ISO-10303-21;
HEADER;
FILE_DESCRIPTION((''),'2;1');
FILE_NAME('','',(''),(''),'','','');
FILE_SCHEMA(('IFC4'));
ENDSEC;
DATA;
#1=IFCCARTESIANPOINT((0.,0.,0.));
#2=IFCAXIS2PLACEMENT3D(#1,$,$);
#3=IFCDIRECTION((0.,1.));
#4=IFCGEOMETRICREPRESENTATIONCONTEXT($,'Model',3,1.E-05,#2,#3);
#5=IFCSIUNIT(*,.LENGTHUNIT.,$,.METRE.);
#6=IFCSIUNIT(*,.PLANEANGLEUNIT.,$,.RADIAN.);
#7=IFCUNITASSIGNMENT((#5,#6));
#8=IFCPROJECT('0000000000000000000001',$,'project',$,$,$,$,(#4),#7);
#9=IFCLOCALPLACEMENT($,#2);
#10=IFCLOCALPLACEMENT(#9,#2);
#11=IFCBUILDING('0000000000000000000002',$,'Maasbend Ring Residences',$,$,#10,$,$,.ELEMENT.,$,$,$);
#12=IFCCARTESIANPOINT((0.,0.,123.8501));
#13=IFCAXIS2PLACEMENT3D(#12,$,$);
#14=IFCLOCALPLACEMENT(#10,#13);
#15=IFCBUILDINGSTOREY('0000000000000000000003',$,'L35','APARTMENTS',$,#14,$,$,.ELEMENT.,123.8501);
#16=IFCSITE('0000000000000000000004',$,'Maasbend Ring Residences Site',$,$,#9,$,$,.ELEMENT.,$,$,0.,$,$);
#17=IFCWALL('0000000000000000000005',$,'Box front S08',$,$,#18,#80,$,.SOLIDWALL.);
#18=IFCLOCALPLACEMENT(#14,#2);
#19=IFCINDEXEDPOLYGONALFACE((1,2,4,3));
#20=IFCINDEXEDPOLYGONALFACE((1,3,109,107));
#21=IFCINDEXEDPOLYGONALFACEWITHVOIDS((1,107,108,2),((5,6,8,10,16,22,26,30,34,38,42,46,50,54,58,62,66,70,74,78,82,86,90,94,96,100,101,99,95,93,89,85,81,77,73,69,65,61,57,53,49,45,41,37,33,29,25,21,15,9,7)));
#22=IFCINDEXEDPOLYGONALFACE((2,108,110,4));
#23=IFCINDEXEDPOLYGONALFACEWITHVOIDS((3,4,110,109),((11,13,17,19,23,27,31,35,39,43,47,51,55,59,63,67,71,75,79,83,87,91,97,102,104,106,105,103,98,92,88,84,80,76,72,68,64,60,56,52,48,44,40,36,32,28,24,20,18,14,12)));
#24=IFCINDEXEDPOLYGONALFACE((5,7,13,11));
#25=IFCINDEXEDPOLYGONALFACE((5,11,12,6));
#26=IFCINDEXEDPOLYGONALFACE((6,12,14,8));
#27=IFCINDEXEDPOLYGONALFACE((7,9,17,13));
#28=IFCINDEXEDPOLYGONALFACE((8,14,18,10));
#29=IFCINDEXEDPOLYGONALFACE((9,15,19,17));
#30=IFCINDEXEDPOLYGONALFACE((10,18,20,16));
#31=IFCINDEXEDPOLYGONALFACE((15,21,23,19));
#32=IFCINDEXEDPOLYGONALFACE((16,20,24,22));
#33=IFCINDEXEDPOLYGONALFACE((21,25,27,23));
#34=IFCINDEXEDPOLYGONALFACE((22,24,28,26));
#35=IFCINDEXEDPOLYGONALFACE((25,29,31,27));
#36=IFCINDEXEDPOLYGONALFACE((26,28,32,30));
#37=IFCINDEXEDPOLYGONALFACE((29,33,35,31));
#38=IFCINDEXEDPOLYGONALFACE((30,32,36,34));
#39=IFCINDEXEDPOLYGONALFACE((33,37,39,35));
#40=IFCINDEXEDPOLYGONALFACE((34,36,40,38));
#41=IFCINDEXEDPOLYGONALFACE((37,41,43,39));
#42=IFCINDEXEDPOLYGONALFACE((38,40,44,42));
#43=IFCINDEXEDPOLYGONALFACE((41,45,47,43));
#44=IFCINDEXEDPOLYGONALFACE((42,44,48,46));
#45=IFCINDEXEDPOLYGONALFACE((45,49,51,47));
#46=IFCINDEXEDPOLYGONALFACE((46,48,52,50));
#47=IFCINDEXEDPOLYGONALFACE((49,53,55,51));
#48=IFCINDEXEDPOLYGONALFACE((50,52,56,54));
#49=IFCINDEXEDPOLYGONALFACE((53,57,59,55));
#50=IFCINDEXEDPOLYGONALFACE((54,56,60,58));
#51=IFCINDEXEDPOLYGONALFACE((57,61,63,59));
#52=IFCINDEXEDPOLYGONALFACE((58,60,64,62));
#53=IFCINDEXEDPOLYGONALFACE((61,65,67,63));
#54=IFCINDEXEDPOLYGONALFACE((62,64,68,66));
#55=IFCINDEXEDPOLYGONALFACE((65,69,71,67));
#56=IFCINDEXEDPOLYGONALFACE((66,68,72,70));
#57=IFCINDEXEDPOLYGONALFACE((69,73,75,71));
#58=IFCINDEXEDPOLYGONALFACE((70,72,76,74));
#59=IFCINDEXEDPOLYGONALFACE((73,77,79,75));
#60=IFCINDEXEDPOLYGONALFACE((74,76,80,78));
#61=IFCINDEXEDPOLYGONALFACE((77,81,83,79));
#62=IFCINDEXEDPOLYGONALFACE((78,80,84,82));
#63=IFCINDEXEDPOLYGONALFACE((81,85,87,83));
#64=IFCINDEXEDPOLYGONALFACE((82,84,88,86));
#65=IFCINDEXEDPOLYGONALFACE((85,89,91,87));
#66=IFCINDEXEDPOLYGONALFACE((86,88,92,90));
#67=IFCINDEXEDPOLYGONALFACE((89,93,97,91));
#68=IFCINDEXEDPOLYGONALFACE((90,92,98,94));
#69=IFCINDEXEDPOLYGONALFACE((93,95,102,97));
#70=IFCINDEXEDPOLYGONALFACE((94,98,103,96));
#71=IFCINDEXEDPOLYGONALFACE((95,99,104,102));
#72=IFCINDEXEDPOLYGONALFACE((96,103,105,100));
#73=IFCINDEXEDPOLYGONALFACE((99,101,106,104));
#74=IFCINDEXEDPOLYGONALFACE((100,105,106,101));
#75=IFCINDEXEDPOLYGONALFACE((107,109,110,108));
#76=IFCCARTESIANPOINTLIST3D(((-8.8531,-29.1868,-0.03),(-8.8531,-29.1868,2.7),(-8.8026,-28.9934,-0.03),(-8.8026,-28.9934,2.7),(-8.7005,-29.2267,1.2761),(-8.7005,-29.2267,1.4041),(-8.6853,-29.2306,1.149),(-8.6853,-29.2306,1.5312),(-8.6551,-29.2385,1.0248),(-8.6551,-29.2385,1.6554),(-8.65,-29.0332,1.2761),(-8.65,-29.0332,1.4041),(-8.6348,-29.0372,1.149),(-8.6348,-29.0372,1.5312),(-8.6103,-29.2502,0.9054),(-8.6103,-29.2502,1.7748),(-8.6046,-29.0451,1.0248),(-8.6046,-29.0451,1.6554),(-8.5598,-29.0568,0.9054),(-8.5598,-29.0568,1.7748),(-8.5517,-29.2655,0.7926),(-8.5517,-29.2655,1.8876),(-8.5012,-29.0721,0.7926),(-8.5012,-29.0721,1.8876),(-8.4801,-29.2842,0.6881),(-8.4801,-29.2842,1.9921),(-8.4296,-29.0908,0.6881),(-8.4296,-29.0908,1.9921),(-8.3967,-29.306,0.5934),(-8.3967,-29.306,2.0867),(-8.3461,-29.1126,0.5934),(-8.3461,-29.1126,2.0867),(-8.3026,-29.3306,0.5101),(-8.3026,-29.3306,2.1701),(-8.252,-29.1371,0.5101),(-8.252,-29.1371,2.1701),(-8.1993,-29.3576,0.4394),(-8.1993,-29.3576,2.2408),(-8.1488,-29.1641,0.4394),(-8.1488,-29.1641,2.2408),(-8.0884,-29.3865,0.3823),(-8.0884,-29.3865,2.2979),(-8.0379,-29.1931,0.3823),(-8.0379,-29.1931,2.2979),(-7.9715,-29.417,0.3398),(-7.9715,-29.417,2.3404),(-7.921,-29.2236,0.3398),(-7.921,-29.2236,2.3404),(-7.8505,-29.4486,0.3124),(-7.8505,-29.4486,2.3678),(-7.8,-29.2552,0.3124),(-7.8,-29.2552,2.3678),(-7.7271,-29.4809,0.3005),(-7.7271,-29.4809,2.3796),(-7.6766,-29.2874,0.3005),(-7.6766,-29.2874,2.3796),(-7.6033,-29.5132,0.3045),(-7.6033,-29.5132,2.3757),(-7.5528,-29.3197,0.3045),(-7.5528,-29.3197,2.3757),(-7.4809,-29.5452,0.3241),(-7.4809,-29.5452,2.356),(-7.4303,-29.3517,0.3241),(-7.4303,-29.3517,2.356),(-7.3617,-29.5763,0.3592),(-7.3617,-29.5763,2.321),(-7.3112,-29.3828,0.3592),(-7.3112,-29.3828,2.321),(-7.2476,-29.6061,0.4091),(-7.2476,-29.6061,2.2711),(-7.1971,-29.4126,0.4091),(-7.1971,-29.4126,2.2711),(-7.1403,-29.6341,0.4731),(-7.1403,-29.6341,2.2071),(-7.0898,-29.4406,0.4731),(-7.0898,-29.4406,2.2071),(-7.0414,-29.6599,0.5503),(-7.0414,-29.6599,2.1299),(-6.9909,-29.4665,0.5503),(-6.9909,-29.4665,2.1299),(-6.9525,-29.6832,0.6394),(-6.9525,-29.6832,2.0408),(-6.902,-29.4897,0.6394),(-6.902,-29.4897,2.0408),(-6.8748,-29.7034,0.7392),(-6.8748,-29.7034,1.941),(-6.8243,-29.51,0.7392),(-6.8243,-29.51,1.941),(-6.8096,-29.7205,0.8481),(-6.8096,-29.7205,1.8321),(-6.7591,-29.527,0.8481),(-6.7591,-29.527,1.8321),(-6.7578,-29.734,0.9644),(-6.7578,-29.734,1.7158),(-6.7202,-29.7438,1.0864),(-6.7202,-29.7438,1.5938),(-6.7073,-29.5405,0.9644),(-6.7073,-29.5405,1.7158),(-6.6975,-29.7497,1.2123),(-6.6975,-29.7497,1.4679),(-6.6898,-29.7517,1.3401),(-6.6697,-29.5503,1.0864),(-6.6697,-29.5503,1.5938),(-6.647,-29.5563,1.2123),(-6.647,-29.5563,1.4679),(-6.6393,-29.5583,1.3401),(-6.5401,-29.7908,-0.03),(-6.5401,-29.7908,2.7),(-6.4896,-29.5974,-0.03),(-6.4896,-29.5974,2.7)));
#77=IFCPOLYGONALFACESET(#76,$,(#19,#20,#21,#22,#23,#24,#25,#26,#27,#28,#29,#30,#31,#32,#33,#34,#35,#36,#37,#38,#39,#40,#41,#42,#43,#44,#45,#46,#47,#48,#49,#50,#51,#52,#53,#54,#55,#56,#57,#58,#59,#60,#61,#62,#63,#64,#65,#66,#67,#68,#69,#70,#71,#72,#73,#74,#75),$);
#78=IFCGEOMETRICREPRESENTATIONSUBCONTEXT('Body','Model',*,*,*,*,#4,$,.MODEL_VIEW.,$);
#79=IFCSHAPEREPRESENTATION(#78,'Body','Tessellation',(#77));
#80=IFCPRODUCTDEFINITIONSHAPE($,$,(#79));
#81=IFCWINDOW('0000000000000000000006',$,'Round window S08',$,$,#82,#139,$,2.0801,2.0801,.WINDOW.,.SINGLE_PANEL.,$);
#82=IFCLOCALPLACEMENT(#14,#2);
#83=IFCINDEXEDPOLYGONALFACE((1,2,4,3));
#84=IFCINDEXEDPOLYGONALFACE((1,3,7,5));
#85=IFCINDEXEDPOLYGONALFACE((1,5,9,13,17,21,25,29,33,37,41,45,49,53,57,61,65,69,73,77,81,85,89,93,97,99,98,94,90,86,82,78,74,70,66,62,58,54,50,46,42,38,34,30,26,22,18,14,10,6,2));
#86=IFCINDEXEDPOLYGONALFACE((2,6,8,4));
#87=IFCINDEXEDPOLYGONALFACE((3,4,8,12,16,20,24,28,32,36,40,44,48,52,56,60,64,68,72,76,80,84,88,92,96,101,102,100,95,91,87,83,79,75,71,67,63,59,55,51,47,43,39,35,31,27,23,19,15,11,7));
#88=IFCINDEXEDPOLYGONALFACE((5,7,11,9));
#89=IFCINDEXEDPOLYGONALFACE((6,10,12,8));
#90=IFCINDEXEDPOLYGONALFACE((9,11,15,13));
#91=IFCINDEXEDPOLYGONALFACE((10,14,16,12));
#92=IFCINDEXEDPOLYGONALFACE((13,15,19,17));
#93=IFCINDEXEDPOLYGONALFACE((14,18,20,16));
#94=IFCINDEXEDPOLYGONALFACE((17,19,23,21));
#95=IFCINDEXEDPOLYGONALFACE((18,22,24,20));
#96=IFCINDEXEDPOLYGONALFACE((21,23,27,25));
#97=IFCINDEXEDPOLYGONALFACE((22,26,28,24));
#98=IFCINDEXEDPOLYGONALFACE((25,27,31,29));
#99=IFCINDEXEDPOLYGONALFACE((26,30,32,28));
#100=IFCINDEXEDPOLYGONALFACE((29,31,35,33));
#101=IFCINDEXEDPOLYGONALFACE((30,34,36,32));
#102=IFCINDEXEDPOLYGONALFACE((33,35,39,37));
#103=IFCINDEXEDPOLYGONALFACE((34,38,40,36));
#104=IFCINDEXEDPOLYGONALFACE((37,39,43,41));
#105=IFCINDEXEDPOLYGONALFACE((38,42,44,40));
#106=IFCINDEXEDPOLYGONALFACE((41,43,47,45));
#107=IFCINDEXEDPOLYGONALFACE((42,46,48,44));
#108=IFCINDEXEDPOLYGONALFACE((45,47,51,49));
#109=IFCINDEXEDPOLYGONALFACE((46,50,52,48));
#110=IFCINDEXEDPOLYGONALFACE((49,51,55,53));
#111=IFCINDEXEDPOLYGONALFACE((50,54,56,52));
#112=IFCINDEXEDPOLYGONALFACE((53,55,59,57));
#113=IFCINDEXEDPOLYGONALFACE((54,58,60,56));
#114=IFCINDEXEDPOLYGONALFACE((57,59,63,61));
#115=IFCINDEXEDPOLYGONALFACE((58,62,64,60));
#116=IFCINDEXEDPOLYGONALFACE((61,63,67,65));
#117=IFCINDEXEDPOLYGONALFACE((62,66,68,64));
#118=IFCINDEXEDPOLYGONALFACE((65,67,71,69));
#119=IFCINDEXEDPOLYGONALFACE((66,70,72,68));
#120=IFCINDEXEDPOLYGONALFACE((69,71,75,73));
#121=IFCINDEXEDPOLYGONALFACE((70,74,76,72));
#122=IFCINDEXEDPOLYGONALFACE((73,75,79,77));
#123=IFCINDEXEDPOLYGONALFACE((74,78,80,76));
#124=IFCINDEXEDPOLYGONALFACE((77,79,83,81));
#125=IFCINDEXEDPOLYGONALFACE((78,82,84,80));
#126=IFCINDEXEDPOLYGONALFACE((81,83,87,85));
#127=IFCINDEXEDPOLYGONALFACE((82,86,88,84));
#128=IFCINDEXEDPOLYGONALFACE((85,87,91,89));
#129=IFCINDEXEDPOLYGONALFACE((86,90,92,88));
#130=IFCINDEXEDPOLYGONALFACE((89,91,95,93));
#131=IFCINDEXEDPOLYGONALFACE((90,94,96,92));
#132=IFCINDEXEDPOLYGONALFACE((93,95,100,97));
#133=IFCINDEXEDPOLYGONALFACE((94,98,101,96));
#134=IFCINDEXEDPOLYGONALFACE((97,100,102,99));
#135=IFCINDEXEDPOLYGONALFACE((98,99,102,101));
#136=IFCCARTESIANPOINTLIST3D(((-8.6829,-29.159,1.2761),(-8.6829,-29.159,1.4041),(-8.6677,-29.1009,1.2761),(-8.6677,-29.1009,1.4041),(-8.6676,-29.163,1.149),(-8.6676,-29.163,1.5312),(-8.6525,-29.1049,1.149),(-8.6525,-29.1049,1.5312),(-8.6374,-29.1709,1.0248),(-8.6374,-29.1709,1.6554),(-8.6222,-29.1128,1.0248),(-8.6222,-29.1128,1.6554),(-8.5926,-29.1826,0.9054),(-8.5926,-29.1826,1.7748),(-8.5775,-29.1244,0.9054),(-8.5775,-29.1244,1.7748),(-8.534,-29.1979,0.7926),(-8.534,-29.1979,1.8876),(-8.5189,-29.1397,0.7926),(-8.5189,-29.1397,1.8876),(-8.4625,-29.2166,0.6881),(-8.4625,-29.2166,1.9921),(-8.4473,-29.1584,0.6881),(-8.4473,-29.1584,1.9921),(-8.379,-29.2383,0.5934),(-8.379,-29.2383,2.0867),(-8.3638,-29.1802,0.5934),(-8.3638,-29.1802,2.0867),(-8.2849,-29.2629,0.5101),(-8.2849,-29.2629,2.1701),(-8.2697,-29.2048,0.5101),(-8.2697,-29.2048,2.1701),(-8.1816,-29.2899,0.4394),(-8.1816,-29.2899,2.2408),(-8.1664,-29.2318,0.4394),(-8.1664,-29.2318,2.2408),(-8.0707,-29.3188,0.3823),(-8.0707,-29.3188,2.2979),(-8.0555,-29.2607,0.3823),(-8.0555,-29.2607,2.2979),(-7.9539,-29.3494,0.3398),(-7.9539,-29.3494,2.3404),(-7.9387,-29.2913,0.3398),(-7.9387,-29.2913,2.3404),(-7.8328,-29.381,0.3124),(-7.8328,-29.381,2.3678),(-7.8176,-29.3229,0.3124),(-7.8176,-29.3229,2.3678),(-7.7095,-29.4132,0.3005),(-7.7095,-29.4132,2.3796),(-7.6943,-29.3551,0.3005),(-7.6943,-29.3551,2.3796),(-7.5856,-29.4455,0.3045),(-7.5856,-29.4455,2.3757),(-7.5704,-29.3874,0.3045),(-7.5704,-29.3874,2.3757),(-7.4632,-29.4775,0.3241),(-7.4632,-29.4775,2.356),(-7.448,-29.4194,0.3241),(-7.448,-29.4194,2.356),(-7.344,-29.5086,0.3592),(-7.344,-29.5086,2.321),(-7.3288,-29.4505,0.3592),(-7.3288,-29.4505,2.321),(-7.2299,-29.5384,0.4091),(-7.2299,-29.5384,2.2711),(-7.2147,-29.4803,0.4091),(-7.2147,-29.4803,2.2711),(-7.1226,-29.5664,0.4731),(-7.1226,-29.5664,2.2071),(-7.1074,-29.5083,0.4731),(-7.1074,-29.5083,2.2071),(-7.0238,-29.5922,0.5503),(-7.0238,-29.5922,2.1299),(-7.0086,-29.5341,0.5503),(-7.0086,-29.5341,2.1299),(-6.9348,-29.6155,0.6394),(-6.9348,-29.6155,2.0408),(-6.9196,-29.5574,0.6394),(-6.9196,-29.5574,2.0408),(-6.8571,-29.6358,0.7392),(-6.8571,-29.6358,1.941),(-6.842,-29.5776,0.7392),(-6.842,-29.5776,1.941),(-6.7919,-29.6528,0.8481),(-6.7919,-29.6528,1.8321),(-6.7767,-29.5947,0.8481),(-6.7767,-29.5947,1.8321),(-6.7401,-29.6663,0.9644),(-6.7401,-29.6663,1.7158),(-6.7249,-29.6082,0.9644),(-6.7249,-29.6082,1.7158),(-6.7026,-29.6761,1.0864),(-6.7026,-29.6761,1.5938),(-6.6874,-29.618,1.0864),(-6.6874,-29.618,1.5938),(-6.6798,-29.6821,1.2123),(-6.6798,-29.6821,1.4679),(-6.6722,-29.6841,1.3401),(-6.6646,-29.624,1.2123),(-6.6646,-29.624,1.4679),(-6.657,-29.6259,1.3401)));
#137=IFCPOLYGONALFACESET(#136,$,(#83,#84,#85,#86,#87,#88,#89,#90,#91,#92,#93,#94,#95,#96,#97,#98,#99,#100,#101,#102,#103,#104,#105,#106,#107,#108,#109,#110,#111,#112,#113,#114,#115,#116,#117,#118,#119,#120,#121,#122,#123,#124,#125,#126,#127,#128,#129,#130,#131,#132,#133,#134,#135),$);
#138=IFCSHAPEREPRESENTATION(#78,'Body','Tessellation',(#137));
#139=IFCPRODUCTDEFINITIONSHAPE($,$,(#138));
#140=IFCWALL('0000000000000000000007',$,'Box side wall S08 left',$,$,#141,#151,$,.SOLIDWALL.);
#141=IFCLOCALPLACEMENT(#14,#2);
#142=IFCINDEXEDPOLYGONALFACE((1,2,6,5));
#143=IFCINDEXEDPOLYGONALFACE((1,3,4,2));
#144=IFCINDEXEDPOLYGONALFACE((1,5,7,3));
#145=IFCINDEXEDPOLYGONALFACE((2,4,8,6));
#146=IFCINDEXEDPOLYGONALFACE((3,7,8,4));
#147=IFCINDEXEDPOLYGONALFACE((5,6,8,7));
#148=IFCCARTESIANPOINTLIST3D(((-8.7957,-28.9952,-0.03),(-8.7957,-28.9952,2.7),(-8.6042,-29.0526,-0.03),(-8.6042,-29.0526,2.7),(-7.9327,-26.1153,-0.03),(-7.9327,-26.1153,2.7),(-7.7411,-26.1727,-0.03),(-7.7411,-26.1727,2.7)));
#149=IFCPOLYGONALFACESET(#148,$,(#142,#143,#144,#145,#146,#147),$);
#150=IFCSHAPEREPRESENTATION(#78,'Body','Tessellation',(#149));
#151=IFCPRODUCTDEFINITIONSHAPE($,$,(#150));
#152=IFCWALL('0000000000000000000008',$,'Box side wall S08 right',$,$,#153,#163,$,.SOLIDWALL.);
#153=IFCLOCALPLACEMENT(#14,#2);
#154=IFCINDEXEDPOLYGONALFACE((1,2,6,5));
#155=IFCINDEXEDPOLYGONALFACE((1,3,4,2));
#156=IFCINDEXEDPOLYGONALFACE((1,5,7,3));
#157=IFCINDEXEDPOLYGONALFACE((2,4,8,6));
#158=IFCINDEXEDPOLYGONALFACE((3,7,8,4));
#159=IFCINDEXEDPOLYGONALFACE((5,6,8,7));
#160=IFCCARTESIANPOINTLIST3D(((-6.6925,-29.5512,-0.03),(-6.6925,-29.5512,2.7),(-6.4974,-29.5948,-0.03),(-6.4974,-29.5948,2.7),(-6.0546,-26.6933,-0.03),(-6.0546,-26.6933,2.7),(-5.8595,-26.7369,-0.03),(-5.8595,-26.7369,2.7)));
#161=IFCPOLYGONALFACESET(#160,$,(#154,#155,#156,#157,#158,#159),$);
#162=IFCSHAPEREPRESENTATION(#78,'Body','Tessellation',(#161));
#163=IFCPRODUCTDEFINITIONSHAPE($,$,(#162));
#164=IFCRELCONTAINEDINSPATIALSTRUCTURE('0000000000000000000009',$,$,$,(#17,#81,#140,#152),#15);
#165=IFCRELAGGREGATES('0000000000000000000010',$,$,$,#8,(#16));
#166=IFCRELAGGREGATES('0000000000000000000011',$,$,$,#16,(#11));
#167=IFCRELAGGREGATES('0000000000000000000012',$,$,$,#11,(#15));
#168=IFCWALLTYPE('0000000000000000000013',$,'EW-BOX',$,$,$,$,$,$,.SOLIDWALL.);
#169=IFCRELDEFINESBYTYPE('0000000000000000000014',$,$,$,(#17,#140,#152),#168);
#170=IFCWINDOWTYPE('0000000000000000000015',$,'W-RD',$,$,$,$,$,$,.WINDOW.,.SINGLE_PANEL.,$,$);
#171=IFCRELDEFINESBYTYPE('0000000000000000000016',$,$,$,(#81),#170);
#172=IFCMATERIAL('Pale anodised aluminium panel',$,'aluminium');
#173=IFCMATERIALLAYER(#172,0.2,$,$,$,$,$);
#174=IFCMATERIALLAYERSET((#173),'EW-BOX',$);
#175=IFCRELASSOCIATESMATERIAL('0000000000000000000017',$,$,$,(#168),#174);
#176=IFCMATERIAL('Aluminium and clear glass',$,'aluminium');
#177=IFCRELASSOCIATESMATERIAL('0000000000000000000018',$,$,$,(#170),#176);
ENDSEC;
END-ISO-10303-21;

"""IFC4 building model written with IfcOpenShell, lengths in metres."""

from ifc_helpers import new_model, si_unit, direction, frame, frame_2d, origin, place, context, subcontext, project, spatial, rectangle, circle, extrude, material, layer, layer_set, type_object, element, fill, save


model = new_model("IFC4")

# Units and contexts
model_context = context("Model", 3, precision=1e-05, world=origin(), true_north=direction((0.0, 1.0)))
body_context = subcontext(model_context, "Body", "Model", "MODEL_VIEW")
ifc_project = project(units=[si_unit("LENGTHUNIT", "METRE"), si_unit("PLANEANGLEUNIT", "RADIAN")], contexts=[model_context])

# Site, building, storey
site_placement = place(None, origin())
site = spatial("IfcSite", under=ifc_project, at=site_placement, Name="Maasbend Ring Residences Site", CompositionType="ELEMENT", RefElevation=0.0)
building_placement = place(site_placement, origin())
building = spatial("IfcBuilding", under=site, at=building_placement, Name="Maasbend Ring Residences", CompositionType="ELEMENT")
storey_placement = place(building_placement, frame((0.0, 0.0, 123.8501)))
storey = spatial("IfcBuildingStorey", under=building, at=storey_placement, Name="L35", Description="APARTMENTS", CompositionType="ELEMENT", Elevation=123.8501)

# Wall, opening, window
ifc_material_1 = material(Name="Pale anodised aluminium panel", Category="aluminium")
ifc_layer_1 = layer(ifc_material_1, 0.2)
ifc_layer_set_1 = layer_set([ifc_layer_1], Name="EW-BOX")
wall_type_1 = type_object("IfcWallType", Name="EW-BOX", PredefinedType="SOLIDWALL", material=ifc_layer_set_1)
wall_1_placement = place(storey_placement, frame((-8.8279, -29.0901, -0.03), z_axis=(0.0, 0.0, 1.0), x_axis=(0.967554, -0.252663, 0.0)))
wall_1 = element("IfcWall", 1, at=wall_1_placement, inside=storey, type_object=wall_type_1, Name="Box front S08", PredefinedType="SOLIDWALL", context=body_context, shape_type="SweptSolid", body=[
    extrude(rectangle(XDim=2.3906, YDim=0.2, at=frame_2d((1.1953, 0.0))), origin(), (0.0, 0.0, 1.0), 2.73),
])
opening_1_placement = place(wall_1_placement, frame((0.1558, 0.0, 0.3301)))
opening_1 = element("IfcOpeningElement", 2, at=opening_1_placement, cuts=wall_1, PredefinedType="OPENING", context=body_context, shape_type="SweptSolid", body=[
    extrude(circle(Radius=1.04, at=frame_2d((1.04, 1.04))), frame((0.0, 0.1099, 0.0), z_axis=(0.0, -1.0, 0.0), x_axis=(1.0, 0.0, 0.0)), (0.0, 0.0, 1.0), 0.22),
])
ifc_material_2 = material(Name="Aluminium and clear glass", Category="aluminium")
window_type_1 = type_object("IfcWindowType", Name="W-RD", PartitioningType="SINGLE_PANEL", PredefinedType="WINDOW", material=ifc_material_2)
window_1_placement = place(opening_1_placement, origin())
window_1 = element("IfcWindow", 3, at=window_1_placement, inside=storey, type_object=window_type_1, Name="Round window S08", OverallHeight=2.0801, OverallWidth=2.0801, PartitioningType="SINGLE_PANEL", PredefinedType="WINDOW", context=body_context, shape_type="SweptSolid", body=[
    extrude(circle(Radius=1.04, at=frame_2d((1.04, 1.04))), frame((0.0, 0.03, 0.0), z_axis=(0.0, -1.0, 0.0), x_axis=(1.0, 0.0, 0.0)), (0.0, 0.0, 1.0), 0.0601),
])
fill(opening_1, window_1)

# Walls
wall_2_placement = place(storey_placement, frame((-7.8369, -26.144, -0.03), z_axis=(0.0, 0.0, 1.0), x_axis=(-0.287065, -0.957911, 0.0)))
element("IfcWall", 4, at=wall_2_placement, inside=storey, type_object=wall_type_1, Name="Box side wall S08 left", PredefinedType="SOLIDWALL", context=body_context, shape_type="SweptSolid", body=[
    extrude(rectangle(XDim=3.0063, YDim=0.2, at=frame_2d((1.5032, 0.0))), origin(), (0.0, 0.0, 1.0), 2.73),
])
wall_3_placement = place(storey_placement, frame((-5.957, -26.7151, -0.03), z_axis=(0.0, 0.0, 1.0), x_axis=(-0.217857, -0.975981, 0.0)))
element("IfcWall", 5, at=wall_3_placement, inside=storey, type_object=wall_type_1, Name="Box side wall S08 right", PredefinedType="SOLIDWALL", context=body_context, shape_type="SweptSolid", body=[
    extrude(rectangle(XDim=2.9282, YDim=0.2, at=frame_2d((1.4641, 0.0))), origin(), (0.0, 0.0, 1.0), 2.73),
])

save(model, "model.ifc")
